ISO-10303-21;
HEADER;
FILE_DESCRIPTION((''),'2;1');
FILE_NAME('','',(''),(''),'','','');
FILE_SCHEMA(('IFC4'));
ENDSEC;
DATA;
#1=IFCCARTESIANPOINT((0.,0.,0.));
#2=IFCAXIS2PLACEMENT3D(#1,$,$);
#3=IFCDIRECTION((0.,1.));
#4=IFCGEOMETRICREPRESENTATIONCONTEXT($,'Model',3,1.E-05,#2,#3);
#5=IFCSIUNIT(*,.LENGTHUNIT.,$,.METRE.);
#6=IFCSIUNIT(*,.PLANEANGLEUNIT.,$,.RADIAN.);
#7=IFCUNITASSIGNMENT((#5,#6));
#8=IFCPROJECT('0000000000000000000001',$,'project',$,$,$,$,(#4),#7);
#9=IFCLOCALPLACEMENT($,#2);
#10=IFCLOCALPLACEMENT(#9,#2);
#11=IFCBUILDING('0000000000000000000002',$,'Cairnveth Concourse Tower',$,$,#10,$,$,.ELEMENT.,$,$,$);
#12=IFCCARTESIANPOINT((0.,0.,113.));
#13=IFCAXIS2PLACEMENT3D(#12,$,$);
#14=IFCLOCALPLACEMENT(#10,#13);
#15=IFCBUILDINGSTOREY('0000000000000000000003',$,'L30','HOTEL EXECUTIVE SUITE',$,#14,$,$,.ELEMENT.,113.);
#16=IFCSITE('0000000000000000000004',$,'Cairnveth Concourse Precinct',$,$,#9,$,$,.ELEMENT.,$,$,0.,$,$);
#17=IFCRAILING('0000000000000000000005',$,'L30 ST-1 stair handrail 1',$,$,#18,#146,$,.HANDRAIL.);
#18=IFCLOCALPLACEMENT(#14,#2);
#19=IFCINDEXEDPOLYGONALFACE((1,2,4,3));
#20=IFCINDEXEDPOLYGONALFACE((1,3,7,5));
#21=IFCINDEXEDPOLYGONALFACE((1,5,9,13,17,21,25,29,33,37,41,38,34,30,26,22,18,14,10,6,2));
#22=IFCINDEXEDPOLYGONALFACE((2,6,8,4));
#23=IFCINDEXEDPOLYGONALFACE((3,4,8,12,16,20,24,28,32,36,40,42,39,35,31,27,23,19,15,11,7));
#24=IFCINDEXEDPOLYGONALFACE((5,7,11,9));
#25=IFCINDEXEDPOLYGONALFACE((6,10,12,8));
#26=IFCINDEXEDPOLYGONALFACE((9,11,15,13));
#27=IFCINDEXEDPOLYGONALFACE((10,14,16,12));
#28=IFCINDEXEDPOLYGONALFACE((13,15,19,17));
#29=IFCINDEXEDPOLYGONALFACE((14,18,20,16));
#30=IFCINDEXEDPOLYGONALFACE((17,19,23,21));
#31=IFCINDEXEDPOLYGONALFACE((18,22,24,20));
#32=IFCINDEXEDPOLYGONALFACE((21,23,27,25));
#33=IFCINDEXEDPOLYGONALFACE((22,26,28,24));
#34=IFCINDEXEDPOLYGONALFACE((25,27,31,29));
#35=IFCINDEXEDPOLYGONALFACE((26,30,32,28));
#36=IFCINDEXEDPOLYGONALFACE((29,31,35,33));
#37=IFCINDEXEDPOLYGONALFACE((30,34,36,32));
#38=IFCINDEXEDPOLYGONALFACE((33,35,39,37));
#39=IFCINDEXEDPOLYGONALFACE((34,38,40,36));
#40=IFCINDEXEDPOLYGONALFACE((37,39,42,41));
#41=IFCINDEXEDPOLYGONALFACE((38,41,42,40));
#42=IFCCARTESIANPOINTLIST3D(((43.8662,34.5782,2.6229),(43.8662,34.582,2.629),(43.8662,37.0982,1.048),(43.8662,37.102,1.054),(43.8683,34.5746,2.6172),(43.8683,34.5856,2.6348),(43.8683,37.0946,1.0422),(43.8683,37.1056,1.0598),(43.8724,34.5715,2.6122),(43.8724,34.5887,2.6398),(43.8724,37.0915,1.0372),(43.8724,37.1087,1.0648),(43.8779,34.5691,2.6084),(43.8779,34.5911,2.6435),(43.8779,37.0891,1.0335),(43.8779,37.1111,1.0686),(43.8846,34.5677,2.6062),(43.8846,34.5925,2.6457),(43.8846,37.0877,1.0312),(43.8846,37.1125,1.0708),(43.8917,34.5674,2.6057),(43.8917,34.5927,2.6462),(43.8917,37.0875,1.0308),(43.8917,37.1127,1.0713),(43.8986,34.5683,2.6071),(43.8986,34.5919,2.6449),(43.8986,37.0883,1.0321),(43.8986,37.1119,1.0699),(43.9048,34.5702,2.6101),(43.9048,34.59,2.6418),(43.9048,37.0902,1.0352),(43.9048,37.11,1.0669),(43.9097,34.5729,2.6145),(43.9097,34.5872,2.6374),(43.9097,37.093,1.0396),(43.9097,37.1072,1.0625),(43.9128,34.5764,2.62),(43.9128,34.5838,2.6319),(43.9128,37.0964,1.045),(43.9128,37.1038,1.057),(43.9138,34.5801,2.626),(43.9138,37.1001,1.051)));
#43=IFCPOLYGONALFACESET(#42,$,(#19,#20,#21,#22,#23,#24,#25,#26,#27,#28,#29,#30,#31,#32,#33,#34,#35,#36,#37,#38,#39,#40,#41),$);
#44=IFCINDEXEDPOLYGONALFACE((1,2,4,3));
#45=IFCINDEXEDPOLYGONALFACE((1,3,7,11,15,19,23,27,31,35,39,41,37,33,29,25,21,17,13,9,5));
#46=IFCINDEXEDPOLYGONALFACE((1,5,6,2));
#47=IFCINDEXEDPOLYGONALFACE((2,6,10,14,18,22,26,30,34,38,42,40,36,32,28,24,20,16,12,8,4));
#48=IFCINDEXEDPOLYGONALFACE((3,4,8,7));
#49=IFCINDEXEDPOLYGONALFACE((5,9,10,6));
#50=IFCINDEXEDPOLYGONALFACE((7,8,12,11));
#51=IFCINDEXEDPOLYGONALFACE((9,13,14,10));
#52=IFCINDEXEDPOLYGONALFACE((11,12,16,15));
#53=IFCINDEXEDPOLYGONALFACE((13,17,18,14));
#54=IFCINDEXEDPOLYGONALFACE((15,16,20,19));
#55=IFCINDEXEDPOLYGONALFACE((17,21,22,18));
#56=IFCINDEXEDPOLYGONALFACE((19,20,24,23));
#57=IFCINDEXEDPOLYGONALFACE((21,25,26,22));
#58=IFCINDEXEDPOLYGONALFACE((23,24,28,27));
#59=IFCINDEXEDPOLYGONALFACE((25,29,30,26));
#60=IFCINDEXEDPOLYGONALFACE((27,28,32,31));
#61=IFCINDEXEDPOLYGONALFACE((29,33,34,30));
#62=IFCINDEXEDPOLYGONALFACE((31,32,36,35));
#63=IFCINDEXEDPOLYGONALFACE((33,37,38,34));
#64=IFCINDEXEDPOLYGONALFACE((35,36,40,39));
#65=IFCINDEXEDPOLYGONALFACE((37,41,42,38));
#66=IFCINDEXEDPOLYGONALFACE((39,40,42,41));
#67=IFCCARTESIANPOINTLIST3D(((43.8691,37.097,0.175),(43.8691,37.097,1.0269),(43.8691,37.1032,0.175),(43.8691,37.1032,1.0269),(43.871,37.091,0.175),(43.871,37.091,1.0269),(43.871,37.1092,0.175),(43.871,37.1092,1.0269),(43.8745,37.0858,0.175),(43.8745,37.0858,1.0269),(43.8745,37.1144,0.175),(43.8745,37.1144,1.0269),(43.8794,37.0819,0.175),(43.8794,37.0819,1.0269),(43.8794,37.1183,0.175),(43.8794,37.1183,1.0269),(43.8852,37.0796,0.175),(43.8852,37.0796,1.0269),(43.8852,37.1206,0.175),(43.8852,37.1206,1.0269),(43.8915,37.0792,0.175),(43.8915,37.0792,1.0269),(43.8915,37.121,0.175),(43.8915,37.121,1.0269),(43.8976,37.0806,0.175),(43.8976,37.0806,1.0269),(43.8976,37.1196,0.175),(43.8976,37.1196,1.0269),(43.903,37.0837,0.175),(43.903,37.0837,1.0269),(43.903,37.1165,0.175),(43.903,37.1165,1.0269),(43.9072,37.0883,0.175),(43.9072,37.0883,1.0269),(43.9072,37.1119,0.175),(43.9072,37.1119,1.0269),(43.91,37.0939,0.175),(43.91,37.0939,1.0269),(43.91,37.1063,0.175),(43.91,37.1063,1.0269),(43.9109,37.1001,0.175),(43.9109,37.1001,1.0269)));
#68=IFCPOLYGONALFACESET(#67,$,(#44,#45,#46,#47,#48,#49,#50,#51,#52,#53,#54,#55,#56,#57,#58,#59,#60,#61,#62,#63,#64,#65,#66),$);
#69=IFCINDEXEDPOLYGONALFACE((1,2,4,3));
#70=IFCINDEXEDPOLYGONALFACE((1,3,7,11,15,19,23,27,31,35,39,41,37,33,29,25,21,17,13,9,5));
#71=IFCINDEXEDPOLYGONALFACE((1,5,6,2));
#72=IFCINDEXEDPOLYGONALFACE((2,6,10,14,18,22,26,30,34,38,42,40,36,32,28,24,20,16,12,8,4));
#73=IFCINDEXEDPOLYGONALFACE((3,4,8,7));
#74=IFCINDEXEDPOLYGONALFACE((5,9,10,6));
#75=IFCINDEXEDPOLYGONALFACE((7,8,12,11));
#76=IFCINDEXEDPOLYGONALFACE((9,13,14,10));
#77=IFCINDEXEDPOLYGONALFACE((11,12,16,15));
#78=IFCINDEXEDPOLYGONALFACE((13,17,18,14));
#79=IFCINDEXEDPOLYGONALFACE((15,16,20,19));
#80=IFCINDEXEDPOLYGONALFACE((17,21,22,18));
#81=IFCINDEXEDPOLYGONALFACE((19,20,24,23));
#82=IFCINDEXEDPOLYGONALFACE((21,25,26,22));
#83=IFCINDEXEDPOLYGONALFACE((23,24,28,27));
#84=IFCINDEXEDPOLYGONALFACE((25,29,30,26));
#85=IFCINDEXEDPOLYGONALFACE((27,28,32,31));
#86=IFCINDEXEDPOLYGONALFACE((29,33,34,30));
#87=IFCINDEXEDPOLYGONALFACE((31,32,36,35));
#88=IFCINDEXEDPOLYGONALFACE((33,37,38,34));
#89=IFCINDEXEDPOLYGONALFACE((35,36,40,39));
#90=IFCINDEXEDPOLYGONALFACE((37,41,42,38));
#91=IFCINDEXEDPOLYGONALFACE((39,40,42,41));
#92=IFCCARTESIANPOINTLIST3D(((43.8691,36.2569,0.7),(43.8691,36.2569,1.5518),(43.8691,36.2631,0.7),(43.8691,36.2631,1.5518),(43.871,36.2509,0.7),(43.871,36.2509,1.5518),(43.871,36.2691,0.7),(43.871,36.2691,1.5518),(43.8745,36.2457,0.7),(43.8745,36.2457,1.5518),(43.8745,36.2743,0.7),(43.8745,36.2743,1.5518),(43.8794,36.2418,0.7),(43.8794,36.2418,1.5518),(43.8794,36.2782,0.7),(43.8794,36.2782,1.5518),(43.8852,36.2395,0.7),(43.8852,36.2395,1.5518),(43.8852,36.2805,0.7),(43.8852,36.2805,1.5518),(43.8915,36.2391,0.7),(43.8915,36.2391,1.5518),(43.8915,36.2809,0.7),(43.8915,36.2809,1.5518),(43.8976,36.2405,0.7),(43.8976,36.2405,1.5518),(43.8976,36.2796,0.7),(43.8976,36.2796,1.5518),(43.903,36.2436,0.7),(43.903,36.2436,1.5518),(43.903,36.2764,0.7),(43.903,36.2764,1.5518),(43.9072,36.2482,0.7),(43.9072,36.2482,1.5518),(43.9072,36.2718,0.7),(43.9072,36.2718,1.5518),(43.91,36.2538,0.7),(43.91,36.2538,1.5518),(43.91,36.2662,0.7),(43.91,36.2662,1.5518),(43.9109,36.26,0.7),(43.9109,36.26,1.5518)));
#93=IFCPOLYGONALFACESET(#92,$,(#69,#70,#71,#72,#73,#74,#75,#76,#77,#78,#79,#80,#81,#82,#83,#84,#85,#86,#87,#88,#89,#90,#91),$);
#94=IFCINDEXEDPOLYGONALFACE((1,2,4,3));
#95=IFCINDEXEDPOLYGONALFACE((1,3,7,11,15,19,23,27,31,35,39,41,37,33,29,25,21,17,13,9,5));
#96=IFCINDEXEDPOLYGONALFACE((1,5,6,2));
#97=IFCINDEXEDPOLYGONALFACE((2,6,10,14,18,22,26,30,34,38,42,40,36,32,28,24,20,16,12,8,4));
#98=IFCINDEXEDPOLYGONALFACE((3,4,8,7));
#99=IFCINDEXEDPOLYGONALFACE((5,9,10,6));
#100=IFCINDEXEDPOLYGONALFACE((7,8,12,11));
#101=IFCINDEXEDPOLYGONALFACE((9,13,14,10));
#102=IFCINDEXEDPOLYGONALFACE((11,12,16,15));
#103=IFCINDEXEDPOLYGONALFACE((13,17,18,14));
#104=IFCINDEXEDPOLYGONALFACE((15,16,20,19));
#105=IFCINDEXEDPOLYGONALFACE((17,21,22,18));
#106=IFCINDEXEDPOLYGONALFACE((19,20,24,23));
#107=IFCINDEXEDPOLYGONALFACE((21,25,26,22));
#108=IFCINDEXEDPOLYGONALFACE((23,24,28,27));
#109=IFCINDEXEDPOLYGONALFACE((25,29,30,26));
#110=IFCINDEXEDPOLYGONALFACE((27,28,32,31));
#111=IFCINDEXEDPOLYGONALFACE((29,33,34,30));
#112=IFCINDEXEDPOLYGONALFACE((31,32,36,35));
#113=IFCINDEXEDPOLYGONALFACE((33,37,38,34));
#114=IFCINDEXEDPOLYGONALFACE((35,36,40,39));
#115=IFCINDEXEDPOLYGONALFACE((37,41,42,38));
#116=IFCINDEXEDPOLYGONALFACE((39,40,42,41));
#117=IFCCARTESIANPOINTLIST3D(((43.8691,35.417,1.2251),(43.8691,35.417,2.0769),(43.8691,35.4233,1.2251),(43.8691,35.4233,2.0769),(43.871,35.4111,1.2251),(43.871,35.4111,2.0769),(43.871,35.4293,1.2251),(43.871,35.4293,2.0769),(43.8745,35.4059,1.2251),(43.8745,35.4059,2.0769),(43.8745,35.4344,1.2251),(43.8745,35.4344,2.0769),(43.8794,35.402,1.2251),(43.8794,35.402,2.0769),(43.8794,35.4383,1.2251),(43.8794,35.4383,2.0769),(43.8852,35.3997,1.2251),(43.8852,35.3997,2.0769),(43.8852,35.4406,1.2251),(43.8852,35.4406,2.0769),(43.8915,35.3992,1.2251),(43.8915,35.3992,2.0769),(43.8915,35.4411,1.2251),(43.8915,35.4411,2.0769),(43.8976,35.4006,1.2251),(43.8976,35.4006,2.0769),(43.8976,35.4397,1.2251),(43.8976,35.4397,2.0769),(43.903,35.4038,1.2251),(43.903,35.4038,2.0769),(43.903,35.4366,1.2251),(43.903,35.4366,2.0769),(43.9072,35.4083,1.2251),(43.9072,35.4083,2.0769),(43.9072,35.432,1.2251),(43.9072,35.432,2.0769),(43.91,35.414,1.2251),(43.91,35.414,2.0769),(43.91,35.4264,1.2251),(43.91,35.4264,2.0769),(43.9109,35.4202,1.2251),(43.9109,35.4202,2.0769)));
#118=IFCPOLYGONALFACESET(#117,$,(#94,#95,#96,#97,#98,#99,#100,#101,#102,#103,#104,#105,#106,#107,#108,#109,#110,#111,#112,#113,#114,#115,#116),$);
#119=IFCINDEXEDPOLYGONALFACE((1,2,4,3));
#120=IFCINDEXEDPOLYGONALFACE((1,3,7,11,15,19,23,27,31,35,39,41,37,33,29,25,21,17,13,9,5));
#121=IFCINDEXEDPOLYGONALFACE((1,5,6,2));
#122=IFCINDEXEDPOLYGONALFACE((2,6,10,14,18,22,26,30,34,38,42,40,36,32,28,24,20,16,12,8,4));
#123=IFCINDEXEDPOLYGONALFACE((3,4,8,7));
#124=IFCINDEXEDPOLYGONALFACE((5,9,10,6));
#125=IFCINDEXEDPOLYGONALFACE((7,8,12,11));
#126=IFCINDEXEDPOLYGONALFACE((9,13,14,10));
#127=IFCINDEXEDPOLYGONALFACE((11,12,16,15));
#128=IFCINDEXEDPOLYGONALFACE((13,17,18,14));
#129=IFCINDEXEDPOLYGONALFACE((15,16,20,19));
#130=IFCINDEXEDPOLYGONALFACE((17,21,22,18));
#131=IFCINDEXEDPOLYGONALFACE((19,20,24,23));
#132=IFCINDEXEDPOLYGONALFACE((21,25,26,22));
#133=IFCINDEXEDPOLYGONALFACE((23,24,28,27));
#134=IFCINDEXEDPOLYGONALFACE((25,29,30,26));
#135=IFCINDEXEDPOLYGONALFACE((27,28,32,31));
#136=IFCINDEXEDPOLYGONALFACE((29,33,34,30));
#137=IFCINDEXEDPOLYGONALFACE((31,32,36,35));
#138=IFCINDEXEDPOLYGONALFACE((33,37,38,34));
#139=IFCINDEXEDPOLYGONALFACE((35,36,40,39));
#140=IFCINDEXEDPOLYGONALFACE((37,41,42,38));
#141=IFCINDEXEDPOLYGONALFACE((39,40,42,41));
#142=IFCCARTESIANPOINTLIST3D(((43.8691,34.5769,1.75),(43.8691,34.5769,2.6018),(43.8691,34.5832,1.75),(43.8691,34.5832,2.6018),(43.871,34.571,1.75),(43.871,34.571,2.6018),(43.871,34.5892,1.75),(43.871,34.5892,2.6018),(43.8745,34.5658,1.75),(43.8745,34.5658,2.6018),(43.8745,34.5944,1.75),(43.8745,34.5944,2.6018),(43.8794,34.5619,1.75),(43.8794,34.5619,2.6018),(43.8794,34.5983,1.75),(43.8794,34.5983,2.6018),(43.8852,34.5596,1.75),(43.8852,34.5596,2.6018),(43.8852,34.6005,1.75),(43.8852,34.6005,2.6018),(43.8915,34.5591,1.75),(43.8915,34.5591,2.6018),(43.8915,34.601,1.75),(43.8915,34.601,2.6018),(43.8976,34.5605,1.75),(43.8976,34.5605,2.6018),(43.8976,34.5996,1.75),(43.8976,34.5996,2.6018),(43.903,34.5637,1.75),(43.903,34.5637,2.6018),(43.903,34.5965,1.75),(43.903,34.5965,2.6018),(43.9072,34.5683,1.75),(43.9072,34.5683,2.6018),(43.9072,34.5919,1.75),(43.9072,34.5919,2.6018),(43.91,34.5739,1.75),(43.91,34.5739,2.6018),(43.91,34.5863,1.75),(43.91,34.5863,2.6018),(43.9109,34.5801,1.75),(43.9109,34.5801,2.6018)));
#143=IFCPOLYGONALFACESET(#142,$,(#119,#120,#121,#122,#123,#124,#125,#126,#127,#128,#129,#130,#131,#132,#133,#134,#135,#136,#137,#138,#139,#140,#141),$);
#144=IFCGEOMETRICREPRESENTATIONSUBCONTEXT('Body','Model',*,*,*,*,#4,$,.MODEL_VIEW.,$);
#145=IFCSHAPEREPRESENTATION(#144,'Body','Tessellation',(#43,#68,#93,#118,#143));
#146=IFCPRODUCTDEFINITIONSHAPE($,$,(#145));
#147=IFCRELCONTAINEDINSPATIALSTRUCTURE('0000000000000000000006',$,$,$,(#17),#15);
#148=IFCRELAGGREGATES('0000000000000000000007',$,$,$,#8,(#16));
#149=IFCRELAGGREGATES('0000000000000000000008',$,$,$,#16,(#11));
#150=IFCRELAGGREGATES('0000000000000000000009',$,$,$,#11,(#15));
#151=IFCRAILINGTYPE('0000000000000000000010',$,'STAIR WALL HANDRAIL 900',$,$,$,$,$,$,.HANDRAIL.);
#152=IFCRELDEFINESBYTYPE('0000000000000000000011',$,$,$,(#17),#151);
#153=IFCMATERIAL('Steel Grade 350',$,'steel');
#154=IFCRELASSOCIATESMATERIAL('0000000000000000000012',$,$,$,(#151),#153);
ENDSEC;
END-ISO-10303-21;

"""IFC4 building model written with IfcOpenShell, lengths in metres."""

from ifc_helpers import new_model, si_unit, direction, frame, origin, origin_2d, place, context, subcontext, project, spatial, circle, extrude, material, type_object, element, save


model = new_model("IFC4")

# Units and contexts
model_context = context("Model", 3, precision=1e-05, world=origin(), true_north=direction((0.0, 1.0)))
body_context = subcontext(model_context, "Body", "Model", "MODEL_VIEW")
ifc_project = project(units=[si_unit("LENGTHUNIT", "METRE"), si_unit("PLANEANGLEUNIT", "RADIAN")], contexts=[model_context])

# Site, building, storey
site_placement = place(None, origin())
site = spatial("IfcSite", under=ifc_project, at=site_placement, Name="Cairnveth Concourse Precinct", CompositionType="ELEMENT", RefElevation=0.0)
building_placement = place(site_placement, origin())
building = spatial("IfcBuilding", under=site, at=building_placement, Name="Cairnveth Concourse Tower", CompositionType="ELEMENT")
storey_placement = place(building_placement, frame((0.0, 0.0, 113.0)))
storey = spatial("IfcBuildingStorey", under=building, at=storey_placement, Name="L30", Description="HOTEL EXECUTIVE SUITE", CompositionType="ELEMENT", Elevation=113.0)

# Shared definitions
ifc_material_1 = material(Name="Steel Grade 350", Category="steel")

# Railing
railing_type_1 = type_object("IfcRailingType", Name="STAIR WALL HANDRAIL 900", PredefinedType="HANDRAIL", material=ifc_material_1)
railing_1_placement = place(storey_placement, frame((43.8899, 37.1001, 0.175)))
element("IfcRailing", 1, at=railing_1_placement, inside=storey, type_object=railing_type_1, Name="L30 ST-1 stair handrail 1", PredefinedType="HANDRAIL", context=body_context, shape_type="SweptSolid", body=[
    extrude(circle(Radius=0.0239, at=origin_2d()), frame((0.0, 0.0, 0.876), z_axis=(0.0, -0.848008, 0.529984), x_axis=(1.0, 0.0, 0.0)), (0.0, 0.0, 1.0), 2.9717),
    extrude(circle(Radius=0.021, at=origin_2d()), origin(), (0.0, 0.0, 1.0), 0.8518),
    extrude(circle(Radius=0.021, at=origin_2d()), frame((0.0, -0.8401, 0.5249)), (0.0, 0.0, 1.0), 0.8518),
    extrude(circle(Radius=0.021, at=origin_2d()), frame((0.0, -1.6799, 1.05)), (0.0, 0.0, 1.0), 0.8518),
    extrude(circle(Radius=0.021, at=origin_2d()), frame((0.0, -2.52, 1.575)), (0.0, 0.0, 1.0), 0.8518),
])

save(model, "model.ifc")
